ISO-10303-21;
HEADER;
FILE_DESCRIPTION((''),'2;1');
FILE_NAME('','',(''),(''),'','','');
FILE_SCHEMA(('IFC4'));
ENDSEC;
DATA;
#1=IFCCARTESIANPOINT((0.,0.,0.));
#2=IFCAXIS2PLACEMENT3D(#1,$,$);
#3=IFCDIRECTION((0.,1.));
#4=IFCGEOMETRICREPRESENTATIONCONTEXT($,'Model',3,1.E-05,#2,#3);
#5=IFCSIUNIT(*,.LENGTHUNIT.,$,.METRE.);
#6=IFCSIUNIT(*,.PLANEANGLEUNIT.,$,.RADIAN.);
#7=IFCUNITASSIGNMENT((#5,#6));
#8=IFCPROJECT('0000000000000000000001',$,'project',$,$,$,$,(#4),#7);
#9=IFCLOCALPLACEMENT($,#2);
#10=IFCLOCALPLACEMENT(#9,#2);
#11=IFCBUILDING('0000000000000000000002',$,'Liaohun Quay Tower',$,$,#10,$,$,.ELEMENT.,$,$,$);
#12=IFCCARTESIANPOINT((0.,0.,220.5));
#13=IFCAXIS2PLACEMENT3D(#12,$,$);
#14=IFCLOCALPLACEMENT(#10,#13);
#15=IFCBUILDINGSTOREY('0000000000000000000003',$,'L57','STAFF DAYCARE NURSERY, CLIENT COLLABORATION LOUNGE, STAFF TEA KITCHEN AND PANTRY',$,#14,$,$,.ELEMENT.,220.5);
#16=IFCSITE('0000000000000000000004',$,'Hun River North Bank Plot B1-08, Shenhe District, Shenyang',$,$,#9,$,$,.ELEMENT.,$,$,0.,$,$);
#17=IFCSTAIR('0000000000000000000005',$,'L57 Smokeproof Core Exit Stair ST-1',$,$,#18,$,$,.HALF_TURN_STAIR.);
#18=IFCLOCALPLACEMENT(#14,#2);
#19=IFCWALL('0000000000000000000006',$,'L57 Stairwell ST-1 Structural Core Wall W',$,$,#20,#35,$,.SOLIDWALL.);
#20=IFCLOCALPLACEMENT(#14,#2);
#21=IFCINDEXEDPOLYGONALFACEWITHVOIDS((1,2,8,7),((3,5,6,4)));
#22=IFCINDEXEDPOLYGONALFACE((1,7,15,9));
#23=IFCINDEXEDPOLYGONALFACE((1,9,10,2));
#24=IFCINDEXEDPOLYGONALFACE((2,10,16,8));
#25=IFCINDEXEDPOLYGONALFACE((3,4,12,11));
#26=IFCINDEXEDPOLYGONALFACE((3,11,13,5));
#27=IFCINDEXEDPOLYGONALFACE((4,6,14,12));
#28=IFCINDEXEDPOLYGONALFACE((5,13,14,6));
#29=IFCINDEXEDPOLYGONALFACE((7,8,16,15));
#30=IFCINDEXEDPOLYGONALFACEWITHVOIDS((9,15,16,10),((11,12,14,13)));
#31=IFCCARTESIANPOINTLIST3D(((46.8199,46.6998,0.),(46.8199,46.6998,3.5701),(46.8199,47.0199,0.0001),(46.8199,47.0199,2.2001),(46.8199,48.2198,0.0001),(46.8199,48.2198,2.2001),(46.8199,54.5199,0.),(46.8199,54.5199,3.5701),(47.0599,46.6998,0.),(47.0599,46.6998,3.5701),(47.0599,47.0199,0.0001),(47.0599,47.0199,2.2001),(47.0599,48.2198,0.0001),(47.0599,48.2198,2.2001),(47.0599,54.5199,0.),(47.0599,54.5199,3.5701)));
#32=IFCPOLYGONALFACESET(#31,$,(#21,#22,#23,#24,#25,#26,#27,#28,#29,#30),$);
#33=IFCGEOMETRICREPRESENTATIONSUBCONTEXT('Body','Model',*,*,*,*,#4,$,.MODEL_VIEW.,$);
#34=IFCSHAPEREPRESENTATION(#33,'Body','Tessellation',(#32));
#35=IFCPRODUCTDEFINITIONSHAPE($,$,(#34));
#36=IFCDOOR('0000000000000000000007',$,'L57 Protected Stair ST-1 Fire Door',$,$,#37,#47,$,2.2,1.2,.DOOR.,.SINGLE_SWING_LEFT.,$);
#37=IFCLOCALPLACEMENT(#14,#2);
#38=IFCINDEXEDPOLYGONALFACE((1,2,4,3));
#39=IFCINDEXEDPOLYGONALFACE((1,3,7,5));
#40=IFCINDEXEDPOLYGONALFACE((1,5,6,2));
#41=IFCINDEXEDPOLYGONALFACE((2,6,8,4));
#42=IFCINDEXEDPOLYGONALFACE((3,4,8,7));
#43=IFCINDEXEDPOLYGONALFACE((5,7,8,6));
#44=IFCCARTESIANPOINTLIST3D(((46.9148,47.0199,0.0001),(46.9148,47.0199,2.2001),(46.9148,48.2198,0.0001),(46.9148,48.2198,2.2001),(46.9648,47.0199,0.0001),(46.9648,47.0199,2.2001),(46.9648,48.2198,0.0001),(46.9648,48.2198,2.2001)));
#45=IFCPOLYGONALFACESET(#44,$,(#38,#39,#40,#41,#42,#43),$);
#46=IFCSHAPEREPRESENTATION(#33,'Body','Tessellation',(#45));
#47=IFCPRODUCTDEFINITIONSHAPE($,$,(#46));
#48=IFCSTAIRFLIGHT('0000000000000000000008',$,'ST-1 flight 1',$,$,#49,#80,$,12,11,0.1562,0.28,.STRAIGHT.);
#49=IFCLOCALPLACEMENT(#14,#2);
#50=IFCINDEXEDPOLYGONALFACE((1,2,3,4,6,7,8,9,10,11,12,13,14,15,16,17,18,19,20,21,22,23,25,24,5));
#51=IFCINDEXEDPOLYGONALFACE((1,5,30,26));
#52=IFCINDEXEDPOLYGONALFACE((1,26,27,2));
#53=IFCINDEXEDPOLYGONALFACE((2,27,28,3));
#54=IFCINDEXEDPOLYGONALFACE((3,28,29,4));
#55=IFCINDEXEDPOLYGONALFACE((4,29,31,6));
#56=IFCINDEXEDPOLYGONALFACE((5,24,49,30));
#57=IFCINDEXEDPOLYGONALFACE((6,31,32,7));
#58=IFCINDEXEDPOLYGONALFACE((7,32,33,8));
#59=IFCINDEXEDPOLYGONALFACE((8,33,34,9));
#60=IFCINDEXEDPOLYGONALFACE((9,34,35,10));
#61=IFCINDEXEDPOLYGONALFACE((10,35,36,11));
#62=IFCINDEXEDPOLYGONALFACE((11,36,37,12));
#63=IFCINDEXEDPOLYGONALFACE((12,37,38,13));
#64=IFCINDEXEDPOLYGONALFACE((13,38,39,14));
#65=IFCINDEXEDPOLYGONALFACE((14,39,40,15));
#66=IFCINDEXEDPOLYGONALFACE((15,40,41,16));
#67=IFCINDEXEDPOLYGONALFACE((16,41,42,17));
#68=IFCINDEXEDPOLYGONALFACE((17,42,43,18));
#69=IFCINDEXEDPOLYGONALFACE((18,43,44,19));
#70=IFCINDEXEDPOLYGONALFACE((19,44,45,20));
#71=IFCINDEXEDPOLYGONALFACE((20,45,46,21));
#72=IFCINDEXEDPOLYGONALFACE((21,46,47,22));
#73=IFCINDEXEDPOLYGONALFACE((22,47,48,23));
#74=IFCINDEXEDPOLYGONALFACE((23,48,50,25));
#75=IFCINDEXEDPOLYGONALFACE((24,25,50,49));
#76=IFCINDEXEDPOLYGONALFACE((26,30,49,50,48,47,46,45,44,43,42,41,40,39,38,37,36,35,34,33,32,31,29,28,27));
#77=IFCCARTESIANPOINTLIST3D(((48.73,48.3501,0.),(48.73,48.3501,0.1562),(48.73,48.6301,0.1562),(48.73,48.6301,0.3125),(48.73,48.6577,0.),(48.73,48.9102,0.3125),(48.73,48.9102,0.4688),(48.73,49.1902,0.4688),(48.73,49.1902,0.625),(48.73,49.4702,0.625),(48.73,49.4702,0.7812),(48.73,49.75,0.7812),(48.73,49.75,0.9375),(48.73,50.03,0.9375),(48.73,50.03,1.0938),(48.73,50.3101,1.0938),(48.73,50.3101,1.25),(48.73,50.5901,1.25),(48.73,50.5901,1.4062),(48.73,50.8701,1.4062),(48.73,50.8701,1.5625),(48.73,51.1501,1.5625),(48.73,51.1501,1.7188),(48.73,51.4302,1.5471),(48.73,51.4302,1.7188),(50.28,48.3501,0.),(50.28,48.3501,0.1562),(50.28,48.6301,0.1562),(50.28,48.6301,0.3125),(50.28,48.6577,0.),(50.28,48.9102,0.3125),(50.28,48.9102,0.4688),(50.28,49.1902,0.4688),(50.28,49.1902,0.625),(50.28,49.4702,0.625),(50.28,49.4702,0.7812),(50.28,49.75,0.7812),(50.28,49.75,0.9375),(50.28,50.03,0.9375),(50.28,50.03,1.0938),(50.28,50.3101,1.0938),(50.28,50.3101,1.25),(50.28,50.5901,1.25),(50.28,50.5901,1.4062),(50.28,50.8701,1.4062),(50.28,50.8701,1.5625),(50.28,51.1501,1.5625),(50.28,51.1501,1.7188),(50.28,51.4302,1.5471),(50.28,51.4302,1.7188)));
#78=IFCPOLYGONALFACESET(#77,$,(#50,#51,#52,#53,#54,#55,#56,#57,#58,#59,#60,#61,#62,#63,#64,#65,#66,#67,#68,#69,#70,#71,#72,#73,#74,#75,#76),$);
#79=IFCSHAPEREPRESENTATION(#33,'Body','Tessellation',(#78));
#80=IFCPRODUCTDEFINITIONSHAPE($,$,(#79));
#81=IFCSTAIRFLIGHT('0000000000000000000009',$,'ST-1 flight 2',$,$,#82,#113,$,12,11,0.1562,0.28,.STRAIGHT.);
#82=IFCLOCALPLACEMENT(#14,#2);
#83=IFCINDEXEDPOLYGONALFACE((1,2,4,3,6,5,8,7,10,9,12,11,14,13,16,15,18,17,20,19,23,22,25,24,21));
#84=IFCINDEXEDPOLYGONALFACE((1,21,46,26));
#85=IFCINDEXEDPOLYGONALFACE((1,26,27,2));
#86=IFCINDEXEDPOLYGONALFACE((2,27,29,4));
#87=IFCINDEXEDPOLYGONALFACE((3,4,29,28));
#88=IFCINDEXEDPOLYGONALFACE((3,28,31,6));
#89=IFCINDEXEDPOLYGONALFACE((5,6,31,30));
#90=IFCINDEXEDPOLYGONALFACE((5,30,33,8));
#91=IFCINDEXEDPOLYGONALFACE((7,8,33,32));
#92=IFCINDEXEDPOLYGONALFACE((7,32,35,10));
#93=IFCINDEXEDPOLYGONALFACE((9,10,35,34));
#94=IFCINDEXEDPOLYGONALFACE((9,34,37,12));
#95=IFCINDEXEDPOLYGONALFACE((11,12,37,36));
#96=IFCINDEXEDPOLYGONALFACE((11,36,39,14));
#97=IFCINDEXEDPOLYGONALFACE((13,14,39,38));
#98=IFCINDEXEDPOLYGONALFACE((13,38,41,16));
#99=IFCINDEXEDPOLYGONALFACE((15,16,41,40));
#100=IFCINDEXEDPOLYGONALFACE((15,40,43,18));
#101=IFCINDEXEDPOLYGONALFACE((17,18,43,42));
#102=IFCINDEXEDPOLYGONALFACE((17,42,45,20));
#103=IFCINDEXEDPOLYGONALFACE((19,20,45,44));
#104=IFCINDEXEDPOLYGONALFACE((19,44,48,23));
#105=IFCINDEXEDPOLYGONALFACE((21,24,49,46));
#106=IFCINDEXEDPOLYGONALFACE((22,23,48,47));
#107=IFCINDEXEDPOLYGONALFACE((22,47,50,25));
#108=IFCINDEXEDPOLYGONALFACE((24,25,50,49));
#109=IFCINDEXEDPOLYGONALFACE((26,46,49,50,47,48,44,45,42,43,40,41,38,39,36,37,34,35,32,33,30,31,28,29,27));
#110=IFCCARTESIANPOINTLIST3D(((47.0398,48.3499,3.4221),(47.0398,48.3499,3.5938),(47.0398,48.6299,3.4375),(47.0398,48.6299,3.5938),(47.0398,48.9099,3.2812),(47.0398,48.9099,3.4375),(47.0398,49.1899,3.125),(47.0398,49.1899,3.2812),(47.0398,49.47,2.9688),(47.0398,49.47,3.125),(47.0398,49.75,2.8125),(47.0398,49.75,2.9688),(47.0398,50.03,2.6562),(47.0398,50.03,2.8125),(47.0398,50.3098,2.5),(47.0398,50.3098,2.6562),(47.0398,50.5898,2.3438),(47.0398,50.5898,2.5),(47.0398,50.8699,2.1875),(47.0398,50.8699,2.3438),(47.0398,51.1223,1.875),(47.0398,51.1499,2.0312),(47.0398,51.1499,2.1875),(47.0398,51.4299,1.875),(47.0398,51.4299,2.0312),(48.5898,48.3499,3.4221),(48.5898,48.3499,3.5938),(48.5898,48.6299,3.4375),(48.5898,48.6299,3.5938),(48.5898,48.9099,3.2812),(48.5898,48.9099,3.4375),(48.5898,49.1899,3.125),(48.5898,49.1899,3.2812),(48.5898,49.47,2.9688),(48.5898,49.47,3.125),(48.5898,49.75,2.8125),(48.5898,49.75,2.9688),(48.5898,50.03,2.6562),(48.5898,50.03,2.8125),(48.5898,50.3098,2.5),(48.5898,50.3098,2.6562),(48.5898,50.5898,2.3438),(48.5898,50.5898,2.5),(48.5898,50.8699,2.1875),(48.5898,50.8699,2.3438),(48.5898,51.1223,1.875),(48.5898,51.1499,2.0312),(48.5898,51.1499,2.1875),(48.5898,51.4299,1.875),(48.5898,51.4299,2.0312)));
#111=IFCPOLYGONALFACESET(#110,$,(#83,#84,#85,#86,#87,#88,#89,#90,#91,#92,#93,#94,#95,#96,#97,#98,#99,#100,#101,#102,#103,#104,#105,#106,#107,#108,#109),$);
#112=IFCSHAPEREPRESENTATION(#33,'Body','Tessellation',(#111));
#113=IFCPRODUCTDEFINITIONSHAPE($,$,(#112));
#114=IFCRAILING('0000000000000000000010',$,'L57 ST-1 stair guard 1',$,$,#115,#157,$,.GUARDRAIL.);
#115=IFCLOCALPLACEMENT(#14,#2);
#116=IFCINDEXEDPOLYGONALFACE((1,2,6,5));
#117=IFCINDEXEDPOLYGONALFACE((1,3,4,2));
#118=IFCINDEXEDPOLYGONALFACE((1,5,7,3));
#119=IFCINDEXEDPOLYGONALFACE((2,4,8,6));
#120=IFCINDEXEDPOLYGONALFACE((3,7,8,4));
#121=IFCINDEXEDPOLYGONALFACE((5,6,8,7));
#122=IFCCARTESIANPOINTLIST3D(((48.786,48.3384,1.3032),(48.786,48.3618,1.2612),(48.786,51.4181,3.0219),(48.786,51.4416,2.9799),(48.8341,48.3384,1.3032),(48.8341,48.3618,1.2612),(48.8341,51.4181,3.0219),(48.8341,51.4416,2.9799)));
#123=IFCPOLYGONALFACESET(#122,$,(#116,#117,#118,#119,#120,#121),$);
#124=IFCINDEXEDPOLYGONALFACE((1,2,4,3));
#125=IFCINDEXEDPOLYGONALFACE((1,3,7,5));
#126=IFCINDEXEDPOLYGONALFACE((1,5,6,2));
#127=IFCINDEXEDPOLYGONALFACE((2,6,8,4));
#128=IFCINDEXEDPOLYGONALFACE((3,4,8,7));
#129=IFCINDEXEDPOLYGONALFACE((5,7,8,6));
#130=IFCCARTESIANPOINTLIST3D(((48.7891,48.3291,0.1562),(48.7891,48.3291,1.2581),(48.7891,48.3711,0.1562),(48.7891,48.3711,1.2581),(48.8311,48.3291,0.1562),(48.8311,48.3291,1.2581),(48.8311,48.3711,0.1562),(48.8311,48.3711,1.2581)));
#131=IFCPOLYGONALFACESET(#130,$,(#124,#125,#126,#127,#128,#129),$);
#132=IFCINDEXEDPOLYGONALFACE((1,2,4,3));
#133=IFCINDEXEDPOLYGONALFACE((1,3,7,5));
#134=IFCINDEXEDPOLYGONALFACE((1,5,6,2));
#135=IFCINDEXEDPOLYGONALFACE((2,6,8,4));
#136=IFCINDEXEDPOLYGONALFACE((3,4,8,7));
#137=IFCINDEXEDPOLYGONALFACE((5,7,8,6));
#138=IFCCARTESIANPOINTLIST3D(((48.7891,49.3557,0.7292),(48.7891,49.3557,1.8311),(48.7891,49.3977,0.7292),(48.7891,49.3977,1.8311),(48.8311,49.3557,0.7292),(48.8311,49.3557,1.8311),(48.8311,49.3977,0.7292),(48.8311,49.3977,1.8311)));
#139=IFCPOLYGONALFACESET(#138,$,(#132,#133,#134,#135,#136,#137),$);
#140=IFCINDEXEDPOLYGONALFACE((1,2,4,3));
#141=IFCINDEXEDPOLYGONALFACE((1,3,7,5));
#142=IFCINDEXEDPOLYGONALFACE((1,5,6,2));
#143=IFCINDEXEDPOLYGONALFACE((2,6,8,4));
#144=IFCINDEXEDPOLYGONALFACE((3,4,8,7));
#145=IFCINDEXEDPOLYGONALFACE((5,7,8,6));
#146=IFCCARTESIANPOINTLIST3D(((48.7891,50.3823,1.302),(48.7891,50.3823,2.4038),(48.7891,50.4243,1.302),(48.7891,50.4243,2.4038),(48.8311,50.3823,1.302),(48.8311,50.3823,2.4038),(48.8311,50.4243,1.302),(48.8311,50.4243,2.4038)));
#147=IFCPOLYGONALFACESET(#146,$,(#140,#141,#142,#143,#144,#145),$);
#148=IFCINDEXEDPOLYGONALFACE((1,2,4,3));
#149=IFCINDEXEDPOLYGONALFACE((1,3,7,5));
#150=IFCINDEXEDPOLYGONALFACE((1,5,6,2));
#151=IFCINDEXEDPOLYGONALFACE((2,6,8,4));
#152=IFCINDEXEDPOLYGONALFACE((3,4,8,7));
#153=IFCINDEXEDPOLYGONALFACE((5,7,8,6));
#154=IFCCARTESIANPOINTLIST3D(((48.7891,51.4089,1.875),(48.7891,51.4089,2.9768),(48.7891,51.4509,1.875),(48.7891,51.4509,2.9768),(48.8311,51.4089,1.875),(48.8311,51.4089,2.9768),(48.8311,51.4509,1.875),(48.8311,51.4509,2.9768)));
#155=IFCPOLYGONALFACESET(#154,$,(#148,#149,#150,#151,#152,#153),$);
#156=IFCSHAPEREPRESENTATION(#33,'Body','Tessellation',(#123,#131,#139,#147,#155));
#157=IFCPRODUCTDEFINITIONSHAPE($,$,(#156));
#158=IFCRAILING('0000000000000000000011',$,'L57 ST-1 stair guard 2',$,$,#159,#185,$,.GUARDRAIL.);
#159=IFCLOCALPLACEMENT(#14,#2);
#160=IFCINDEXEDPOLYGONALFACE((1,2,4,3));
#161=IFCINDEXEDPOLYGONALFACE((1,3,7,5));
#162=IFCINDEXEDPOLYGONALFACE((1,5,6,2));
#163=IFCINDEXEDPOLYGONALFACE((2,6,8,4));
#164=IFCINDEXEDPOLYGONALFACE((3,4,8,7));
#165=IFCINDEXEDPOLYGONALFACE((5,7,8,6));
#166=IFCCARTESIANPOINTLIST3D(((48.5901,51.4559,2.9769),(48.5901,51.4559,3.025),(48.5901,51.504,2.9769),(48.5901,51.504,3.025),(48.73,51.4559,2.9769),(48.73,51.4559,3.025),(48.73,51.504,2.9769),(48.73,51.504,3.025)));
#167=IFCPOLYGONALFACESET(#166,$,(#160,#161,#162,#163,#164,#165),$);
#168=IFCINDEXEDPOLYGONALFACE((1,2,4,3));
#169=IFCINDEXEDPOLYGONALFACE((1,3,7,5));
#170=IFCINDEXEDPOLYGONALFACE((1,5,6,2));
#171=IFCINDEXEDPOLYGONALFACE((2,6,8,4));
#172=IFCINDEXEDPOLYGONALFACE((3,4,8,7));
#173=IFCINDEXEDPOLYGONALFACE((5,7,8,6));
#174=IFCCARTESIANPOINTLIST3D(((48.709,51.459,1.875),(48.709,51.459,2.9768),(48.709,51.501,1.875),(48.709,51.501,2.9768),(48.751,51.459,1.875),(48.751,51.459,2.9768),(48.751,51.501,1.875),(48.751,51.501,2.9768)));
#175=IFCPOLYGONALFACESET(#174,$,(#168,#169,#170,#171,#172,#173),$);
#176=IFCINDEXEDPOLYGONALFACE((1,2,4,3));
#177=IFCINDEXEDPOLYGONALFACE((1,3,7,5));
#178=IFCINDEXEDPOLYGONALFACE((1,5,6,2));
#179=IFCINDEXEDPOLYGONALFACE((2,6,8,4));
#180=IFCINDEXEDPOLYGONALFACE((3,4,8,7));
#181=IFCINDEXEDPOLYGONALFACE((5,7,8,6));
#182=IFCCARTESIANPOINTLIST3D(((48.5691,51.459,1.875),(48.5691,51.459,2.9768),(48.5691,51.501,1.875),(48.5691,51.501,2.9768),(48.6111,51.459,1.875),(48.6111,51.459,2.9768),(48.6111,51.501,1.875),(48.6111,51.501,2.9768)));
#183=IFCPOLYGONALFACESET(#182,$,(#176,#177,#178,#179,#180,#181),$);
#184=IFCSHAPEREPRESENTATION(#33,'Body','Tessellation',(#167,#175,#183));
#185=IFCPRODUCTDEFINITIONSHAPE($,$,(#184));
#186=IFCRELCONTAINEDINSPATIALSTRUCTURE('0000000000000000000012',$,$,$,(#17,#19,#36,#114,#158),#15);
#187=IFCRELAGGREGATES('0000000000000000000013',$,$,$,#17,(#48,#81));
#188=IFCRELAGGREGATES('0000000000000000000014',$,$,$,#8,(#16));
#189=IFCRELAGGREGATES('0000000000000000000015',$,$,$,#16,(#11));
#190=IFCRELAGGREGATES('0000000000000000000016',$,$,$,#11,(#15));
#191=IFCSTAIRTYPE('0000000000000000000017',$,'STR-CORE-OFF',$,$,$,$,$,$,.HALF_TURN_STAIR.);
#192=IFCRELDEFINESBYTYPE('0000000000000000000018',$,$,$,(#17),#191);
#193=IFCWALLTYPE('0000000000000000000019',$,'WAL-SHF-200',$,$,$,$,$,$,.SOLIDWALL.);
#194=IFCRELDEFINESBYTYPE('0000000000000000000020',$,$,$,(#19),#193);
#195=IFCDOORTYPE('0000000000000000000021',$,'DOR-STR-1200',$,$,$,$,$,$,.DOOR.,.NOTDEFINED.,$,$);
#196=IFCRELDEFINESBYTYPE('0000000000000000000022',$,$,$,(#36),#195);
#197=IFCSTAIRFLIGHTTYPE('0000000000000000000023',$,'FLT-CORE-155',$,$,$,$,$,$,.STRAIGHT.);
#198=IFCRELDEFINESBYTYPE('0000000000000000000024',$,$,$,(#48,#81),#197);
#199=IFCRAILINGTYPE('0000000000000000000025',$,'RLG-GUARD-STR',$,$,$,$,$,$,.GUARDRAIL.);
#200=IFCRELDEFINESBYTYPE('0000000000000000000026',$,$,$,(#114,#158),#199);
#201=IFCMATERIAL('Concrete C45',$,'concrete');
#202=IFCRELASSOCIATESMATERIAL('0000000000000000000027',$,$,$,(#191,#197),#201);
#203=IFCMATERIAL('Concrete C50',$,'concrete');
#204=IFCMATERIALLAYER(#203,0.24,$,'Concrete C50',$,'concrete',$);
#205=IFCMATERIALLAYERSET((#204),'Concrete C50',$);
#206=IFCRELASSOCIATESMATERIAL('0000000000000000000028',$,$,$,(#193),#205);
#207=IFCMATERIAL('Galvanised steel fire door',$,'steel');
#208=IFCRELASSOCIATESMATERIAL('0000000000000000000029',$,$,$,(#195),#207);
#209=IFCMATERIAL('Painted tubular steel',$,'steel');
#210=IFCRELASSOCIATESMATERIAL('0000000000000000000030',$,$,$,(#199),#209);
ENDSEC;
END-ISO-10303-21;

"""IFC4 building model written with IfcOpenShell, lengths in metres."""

from ifc_helpers import new_model, si_unit, direction, frame, frame_2d, origin, origin_2d, place, context, subcontext, project, spatial, polyline, rectangle, outline, extrude, source, transform, mapped, material, layer, layer_set, type_object, element, fill, aggregate, save


model = new_model("IFC4")

# Units and contexts
model_context = context("Model", 3, precision=1e-05, world=origin(), true_north=direction((0.0, 1.0)))
body_context = subcontext(model_context, "Body", "Model", "MODEL_VIEW")
ifc_project = project(units=[si_unit("LENGTHUNIT", "METRE"), si_unit("PLANEANGLEUNIT", "RADIAN")], contexts=[model_context])

# Site, building, storey
site_placement = place(None, origin())
site = spatial("IfcSite", under=ifc_project, at=site_placement, Name="Hun River North Bank Plot B1-08, Shenhe District, Shenyang", CompositionType="ELEMENT", RefElevation=0.0)
building_placement = place(site_placement, origin())
building = spatial("IfcBuilding", under=site, at=building_placement, Name="Liaohun Quay Tower", CompositionType="ELEMENT")
storey_placement = place(building_placement, frame((0.0, 0.0, 220.5)))
storey = spatial("IfcBuildingStorey", under=building, at=storey_placement, Name="L57", Description="STAFF DAYCARE NURSERY, CLIENT COLLABORATION LOUNGE, STAFF TEA KITCHEN AND PANTRY", CompositionType="ELEMENT", Elevation=220.5)

# Stair
ifc_material_1 = material(Name="Concrete C45", Category="concrete")
stair_type = type_object("IfcStairType", Name="STR-CORE-OFF", PredefinedType="HALF_TURN_STAIR", material=ifc_material_1)
stair_1_placement = place(storey_placement, origin())
stair_1 = element("IfcStair", 1, at=stair_1_placement, inside=storey, type_object=stair_type, Name="L57 Smokeproof Core Exit Stair ST-1", PredefinedType="HALF_TURN_STAIR")

# Shared definitions
ifc_material_2 = material(Name="Concrete C50", Category="concrete")
ifc_layer_1 = layer(ifc_material_2, 0.24, Name="Concrete C50", Category="concrete")
ifc_layer_set_1 = layer_set([ifc_layer_1], Name="Concrete C50")
wall_type_1 = type_object("IfcWallType", Name="WAL-SHF-200", PredefinedType="SOLIDWALL", material=ifc_layer_set_1)

# Wall, opening, door
wall_1_placement = place(storey_placement, frame((46.9399, 54.52, 0.0), z_axis=(0.0, 0.0, 1.0), x_axis=(0.0, -1.0, 0.0)))
wall_1 = element("IfcWall", 2, at=wall_1_placement, inside=storey, type_object=wall_type_1, Name="L57 Stairwell ST-1 Structural Core Wall W", PredefinedType="SOLIDWALL", context=body_context, shape_type="SweptSolid", body=[
    extrude(rectangle(XDim=7.8201, YDim=0.24, at=frame_2d((3.9102, 0.0))), origin(), (0.0, 0.0, 1.0), 3.5701),
])
shared_shape_1 = source(origin(), body_context, "Body", "SweptSolid", [
    extrude(rectangle(XDim=1.2, YDim=2.2, at=frame_2d((0.6001, 1.1001))), frame((0.0, 0.1299, 0.0), z_axis=(0.0, -1.0, 0.0), x_axis=(1.0, 0.0, 0.0)), (0.0, 0.0, 1.0), 0.26),
])
opening_1_placement = place(wall_1_placement, frame((6.3, 0.0, 0.0)))
opening_1 = element("IfcOpeningElement", 3, at=opening_1_placement, cuts=wall_1, PredefinedType="OPENING", context=body_context, shape_type="MappedRepresentation", body=[
    mapped(shared_shape_1, transform((0.0, 0.0, 0.0), x_axis=(1.0, 0.0, 0.0), y_axis=(0.0, 1.0, 0.0), z_axis=(0.0, 0.0, 1.0), scale=1.0)),
])
ifc_material_3 = material(Name="Galvanised steel fire door", Category="steel")
door_type_1 = type_object("IfcDoorType", Name="DOR-STR-1200", OperationType="NOTDEFINED", PredefinedType="DOOR", material=ifc_material_3)
shared_shape_2 = source(origin(), body_context, "Body", "SweptSolid", [
    extrude(rectangle(XDim=1.2, YDim=2.2, at=frame_2d((0.6001, 1.1001))), frame((0.0, 0.0249, 0.0), z_axis=(0.0, -1.0, 0.0), x_axis=(1.0, 0.0, 0.0)), (0.0, 0.0, 1.0), 0.05),
])
door_1_placement = place(opening_1_placement, origin())
door_1 = element("IfcDoor", 4, at=door_1_placement, inside=storey, type_object=door_type_1, Name="L57 Protected Stair ST-1 Fire Door", OperationType="SINGLE_SWING_LEFT", OverallHeight=2.2, OverallWidth=1.2, PredefinedType="DOOR", context=body_context, shape_type="MappedRepresentation", body=[
    mapped(shared_shape_2, transform((0.0, 0.0, 0.0), x_axis=(1.0, 0.0, 0.0), y_axis=(0.0, 1.0, 0.0), z_axis=(0.0, 0.0, 1.0), scale=1.0)),
])
fill(opening_1, door_1)

# Stair flights
stair_flight_type = type_object("IfcStairFlightType", Name="FLT-CORE-155", PredefinedType="STRAIGHT", material=ifc_material_1)
stair_flight_1_placement = place(storey_placement, frame((49.5049, 48.3501, 0.0), z_axis=(0.0, 0.0, 1.0), x_axis=(0.0, 1.0, 0.0)))
stair_flight_1 = element("IfcStairFlight", 5, at=stair_flight_1_placement, type_object=stair_flight_type, Name="ST-1 flight 1", NumberOfRisers=12, NumberOfTreads=11, PredefinedType="STRAIGHT", RiserHeight=0.1562, TreadLength=0.28, context=body_context, shape_type="SweptSolid", body=[
    extrude(outline(polyline([(0.0, 0.0), (0.0, 0.1562), (0.28, 0.1562), (0.28, 0.3125), (0.5601, 0.3125), (0.5601, 0.4688), (0.8401, 0.4688), (0.8401, 0.625), (1.1201, 0.625), (1.1201, 0.7812), (1.3999, 0.7812), (1.3999, 0.9375), (1.6799, 0.9375), (1.6799, 1.0938), (1.96, 1.0938), (1.96, 1.25), (2.24, 1.25), (2.24, 1.4062), (2.52, 1.4062), (2.52, 1.5625), (2.8, 1.5625), (2.8, 1.7188), (3.0801, 1.7188), (3.0801, 1.875), (3.0801, 1.5471), (0.3076, 0.0), (0.0, 0.0)])), frame((0.0, 0.7749, 0.0), z_axis=(0.0, -1.0, 0.0), x_axis=(1.0, 0.0, 0.0)), (0.0, 0.0, 1.0), 1.55),
])
stair_flight_2_placement = place(storey_placement, frame((47.8149, 51.4299, 1.875), z_axis=(0.0, 0.0, 1.0), x_axis=(0.0, -1.0, 0.0)))
stair_flight_2 = element("IfcStairFlight", 6, at=stair_flight_2_placement, type_object=stair_flight_type, Name="ST-1 flight 2", NumberOfRisers=12, NumberOfTreads=11, PredefinedType="STRAIGHT", RiserHeight=0.1562, TreadLength=0.28, context=body_context, shape_type="SweptSolid", body=[
    extrude(outline(polyline([(0.0, 0.0), (0.0, 0.1562), (0.28, 0.1562), (0.28, 0.3125), (0.5601, 0.3125), (0.5601, 0.4688), (0.8401, 0.4688), (0.8401, 0.625), (1.1201, 0.625), (1.1201, 0.7812), (1.3999, 0.7812), (1.3999, 0.9375), (1.6799, 0.9375), (1.6799, 1.0938), (1.96, 1.0938), (1.96, 1.25), (2.24, 1.25), (2.24, 1.4062), (2.52, 1.4062), (2.52, 1.5625), (2.8, 1.5625), (2.8, 1.7188), (3.0801, 1.7188), (3.0801, 1.875), (3.0801, 1.5471), (0.3076, 0.0), (0.0, 0.0)])), frame((0.0, 0.7749, 0.0), z_axis=(0.0, -1.0, 0.0), x_axis=(1.0, 0.0, 0.0)), (0.0, 0.0, 1.0), 1.55),
])
aggregate(stair_1, [stair_flight_1, stair_flight_2])

# Railings
ifc_material_4 = material(Name="Painted tubular steel", Category="steel")
railing_type_1 = type_object("IfcRailingType", Name="RLG-GUARD-STR", PredefinedType="GUARDRAIL", material=ifc_material_4)
railing_1_placement = place(storey_placement, frame((48.8101, 48.3501, 0.1562)))
element("IfcRailing", 7, at=railing_1_placement, inside=storey, type_object=railing_type_1, Name="L57 ST-1 stair guard 1", PredefinedType="GUARDRAIL", context=body_context, shape_type="SweptSolid", body=[
    extrude(rectangle(XDim=0.0481, YDim=0.0481, at=origin_2d()), frame((0.0, 0.0, 1.126), z_axis=(0.0, 0.873225, 0.487317), x_axis=(-1.0, 0.0, 0.0)), (0.0, 0.0, 1.0), 3.5269),
    extrude(rectangle(XDim=0.042, YDim=0.042, at=origin_2d()), origin(), (0.0, 0.0, 1.0), 1.1018),
    extrude(rectangle(XDim=0.042, YDim=0.042, at=origin_2d()), frame((0.0, 1.0266, 0.573)), (0.0, 0.0, 1.0), 1.1018),
    extrude(rectangle(XDim=0.042, YDim=0.042, at=origin_2d()), frame((0.0, 2.0532, 1.1458)), (0.0, 0.0, 1.0), 1.1018),
    extrude(rectangle(XDim=0.042, YDim=0.042, at=origin_2d()), frame((0.0, 3.0798, 1.7188)), (0.0, 0.0, 1.0), 1.1018),
])
railing_2_placement = place(storey_placement, frame((48.73, 51.48, 1.875)))
element("IfcRailing", 8, at=railing_2_placement, inside=storey, type_object=railing_type_1, Name="L57 ST-1 stair guard 2", PredefinedType="GUARDRAIL", context=body_context, shape_type="SweptSolid", body=[
    extrude(rectangle(XDim=0.0481, YDim=0.0481, at=origin_2d()), frame((0.0, 0.0, 1.126), z_axis=(-1.0, 0.0, 0.0), x_axis=(0.0, -1.0, 0.0)), (0.0, 0.0, 1.0), 0.1399),
    extrude(rectangle(XDim=0.042, YDim=0.042, at=origin_2d()), origin(), (0.0, 0.0, 1.0), 1.1018),
    extrude(rectangle(XDim=0.042, YDim=0.042, at=origin_2d()), frame((-0.1399, 0.0, 0.0)), (0.0, 0.0, 1.0), 1.1018),
])

save(model, "model.ifc")
